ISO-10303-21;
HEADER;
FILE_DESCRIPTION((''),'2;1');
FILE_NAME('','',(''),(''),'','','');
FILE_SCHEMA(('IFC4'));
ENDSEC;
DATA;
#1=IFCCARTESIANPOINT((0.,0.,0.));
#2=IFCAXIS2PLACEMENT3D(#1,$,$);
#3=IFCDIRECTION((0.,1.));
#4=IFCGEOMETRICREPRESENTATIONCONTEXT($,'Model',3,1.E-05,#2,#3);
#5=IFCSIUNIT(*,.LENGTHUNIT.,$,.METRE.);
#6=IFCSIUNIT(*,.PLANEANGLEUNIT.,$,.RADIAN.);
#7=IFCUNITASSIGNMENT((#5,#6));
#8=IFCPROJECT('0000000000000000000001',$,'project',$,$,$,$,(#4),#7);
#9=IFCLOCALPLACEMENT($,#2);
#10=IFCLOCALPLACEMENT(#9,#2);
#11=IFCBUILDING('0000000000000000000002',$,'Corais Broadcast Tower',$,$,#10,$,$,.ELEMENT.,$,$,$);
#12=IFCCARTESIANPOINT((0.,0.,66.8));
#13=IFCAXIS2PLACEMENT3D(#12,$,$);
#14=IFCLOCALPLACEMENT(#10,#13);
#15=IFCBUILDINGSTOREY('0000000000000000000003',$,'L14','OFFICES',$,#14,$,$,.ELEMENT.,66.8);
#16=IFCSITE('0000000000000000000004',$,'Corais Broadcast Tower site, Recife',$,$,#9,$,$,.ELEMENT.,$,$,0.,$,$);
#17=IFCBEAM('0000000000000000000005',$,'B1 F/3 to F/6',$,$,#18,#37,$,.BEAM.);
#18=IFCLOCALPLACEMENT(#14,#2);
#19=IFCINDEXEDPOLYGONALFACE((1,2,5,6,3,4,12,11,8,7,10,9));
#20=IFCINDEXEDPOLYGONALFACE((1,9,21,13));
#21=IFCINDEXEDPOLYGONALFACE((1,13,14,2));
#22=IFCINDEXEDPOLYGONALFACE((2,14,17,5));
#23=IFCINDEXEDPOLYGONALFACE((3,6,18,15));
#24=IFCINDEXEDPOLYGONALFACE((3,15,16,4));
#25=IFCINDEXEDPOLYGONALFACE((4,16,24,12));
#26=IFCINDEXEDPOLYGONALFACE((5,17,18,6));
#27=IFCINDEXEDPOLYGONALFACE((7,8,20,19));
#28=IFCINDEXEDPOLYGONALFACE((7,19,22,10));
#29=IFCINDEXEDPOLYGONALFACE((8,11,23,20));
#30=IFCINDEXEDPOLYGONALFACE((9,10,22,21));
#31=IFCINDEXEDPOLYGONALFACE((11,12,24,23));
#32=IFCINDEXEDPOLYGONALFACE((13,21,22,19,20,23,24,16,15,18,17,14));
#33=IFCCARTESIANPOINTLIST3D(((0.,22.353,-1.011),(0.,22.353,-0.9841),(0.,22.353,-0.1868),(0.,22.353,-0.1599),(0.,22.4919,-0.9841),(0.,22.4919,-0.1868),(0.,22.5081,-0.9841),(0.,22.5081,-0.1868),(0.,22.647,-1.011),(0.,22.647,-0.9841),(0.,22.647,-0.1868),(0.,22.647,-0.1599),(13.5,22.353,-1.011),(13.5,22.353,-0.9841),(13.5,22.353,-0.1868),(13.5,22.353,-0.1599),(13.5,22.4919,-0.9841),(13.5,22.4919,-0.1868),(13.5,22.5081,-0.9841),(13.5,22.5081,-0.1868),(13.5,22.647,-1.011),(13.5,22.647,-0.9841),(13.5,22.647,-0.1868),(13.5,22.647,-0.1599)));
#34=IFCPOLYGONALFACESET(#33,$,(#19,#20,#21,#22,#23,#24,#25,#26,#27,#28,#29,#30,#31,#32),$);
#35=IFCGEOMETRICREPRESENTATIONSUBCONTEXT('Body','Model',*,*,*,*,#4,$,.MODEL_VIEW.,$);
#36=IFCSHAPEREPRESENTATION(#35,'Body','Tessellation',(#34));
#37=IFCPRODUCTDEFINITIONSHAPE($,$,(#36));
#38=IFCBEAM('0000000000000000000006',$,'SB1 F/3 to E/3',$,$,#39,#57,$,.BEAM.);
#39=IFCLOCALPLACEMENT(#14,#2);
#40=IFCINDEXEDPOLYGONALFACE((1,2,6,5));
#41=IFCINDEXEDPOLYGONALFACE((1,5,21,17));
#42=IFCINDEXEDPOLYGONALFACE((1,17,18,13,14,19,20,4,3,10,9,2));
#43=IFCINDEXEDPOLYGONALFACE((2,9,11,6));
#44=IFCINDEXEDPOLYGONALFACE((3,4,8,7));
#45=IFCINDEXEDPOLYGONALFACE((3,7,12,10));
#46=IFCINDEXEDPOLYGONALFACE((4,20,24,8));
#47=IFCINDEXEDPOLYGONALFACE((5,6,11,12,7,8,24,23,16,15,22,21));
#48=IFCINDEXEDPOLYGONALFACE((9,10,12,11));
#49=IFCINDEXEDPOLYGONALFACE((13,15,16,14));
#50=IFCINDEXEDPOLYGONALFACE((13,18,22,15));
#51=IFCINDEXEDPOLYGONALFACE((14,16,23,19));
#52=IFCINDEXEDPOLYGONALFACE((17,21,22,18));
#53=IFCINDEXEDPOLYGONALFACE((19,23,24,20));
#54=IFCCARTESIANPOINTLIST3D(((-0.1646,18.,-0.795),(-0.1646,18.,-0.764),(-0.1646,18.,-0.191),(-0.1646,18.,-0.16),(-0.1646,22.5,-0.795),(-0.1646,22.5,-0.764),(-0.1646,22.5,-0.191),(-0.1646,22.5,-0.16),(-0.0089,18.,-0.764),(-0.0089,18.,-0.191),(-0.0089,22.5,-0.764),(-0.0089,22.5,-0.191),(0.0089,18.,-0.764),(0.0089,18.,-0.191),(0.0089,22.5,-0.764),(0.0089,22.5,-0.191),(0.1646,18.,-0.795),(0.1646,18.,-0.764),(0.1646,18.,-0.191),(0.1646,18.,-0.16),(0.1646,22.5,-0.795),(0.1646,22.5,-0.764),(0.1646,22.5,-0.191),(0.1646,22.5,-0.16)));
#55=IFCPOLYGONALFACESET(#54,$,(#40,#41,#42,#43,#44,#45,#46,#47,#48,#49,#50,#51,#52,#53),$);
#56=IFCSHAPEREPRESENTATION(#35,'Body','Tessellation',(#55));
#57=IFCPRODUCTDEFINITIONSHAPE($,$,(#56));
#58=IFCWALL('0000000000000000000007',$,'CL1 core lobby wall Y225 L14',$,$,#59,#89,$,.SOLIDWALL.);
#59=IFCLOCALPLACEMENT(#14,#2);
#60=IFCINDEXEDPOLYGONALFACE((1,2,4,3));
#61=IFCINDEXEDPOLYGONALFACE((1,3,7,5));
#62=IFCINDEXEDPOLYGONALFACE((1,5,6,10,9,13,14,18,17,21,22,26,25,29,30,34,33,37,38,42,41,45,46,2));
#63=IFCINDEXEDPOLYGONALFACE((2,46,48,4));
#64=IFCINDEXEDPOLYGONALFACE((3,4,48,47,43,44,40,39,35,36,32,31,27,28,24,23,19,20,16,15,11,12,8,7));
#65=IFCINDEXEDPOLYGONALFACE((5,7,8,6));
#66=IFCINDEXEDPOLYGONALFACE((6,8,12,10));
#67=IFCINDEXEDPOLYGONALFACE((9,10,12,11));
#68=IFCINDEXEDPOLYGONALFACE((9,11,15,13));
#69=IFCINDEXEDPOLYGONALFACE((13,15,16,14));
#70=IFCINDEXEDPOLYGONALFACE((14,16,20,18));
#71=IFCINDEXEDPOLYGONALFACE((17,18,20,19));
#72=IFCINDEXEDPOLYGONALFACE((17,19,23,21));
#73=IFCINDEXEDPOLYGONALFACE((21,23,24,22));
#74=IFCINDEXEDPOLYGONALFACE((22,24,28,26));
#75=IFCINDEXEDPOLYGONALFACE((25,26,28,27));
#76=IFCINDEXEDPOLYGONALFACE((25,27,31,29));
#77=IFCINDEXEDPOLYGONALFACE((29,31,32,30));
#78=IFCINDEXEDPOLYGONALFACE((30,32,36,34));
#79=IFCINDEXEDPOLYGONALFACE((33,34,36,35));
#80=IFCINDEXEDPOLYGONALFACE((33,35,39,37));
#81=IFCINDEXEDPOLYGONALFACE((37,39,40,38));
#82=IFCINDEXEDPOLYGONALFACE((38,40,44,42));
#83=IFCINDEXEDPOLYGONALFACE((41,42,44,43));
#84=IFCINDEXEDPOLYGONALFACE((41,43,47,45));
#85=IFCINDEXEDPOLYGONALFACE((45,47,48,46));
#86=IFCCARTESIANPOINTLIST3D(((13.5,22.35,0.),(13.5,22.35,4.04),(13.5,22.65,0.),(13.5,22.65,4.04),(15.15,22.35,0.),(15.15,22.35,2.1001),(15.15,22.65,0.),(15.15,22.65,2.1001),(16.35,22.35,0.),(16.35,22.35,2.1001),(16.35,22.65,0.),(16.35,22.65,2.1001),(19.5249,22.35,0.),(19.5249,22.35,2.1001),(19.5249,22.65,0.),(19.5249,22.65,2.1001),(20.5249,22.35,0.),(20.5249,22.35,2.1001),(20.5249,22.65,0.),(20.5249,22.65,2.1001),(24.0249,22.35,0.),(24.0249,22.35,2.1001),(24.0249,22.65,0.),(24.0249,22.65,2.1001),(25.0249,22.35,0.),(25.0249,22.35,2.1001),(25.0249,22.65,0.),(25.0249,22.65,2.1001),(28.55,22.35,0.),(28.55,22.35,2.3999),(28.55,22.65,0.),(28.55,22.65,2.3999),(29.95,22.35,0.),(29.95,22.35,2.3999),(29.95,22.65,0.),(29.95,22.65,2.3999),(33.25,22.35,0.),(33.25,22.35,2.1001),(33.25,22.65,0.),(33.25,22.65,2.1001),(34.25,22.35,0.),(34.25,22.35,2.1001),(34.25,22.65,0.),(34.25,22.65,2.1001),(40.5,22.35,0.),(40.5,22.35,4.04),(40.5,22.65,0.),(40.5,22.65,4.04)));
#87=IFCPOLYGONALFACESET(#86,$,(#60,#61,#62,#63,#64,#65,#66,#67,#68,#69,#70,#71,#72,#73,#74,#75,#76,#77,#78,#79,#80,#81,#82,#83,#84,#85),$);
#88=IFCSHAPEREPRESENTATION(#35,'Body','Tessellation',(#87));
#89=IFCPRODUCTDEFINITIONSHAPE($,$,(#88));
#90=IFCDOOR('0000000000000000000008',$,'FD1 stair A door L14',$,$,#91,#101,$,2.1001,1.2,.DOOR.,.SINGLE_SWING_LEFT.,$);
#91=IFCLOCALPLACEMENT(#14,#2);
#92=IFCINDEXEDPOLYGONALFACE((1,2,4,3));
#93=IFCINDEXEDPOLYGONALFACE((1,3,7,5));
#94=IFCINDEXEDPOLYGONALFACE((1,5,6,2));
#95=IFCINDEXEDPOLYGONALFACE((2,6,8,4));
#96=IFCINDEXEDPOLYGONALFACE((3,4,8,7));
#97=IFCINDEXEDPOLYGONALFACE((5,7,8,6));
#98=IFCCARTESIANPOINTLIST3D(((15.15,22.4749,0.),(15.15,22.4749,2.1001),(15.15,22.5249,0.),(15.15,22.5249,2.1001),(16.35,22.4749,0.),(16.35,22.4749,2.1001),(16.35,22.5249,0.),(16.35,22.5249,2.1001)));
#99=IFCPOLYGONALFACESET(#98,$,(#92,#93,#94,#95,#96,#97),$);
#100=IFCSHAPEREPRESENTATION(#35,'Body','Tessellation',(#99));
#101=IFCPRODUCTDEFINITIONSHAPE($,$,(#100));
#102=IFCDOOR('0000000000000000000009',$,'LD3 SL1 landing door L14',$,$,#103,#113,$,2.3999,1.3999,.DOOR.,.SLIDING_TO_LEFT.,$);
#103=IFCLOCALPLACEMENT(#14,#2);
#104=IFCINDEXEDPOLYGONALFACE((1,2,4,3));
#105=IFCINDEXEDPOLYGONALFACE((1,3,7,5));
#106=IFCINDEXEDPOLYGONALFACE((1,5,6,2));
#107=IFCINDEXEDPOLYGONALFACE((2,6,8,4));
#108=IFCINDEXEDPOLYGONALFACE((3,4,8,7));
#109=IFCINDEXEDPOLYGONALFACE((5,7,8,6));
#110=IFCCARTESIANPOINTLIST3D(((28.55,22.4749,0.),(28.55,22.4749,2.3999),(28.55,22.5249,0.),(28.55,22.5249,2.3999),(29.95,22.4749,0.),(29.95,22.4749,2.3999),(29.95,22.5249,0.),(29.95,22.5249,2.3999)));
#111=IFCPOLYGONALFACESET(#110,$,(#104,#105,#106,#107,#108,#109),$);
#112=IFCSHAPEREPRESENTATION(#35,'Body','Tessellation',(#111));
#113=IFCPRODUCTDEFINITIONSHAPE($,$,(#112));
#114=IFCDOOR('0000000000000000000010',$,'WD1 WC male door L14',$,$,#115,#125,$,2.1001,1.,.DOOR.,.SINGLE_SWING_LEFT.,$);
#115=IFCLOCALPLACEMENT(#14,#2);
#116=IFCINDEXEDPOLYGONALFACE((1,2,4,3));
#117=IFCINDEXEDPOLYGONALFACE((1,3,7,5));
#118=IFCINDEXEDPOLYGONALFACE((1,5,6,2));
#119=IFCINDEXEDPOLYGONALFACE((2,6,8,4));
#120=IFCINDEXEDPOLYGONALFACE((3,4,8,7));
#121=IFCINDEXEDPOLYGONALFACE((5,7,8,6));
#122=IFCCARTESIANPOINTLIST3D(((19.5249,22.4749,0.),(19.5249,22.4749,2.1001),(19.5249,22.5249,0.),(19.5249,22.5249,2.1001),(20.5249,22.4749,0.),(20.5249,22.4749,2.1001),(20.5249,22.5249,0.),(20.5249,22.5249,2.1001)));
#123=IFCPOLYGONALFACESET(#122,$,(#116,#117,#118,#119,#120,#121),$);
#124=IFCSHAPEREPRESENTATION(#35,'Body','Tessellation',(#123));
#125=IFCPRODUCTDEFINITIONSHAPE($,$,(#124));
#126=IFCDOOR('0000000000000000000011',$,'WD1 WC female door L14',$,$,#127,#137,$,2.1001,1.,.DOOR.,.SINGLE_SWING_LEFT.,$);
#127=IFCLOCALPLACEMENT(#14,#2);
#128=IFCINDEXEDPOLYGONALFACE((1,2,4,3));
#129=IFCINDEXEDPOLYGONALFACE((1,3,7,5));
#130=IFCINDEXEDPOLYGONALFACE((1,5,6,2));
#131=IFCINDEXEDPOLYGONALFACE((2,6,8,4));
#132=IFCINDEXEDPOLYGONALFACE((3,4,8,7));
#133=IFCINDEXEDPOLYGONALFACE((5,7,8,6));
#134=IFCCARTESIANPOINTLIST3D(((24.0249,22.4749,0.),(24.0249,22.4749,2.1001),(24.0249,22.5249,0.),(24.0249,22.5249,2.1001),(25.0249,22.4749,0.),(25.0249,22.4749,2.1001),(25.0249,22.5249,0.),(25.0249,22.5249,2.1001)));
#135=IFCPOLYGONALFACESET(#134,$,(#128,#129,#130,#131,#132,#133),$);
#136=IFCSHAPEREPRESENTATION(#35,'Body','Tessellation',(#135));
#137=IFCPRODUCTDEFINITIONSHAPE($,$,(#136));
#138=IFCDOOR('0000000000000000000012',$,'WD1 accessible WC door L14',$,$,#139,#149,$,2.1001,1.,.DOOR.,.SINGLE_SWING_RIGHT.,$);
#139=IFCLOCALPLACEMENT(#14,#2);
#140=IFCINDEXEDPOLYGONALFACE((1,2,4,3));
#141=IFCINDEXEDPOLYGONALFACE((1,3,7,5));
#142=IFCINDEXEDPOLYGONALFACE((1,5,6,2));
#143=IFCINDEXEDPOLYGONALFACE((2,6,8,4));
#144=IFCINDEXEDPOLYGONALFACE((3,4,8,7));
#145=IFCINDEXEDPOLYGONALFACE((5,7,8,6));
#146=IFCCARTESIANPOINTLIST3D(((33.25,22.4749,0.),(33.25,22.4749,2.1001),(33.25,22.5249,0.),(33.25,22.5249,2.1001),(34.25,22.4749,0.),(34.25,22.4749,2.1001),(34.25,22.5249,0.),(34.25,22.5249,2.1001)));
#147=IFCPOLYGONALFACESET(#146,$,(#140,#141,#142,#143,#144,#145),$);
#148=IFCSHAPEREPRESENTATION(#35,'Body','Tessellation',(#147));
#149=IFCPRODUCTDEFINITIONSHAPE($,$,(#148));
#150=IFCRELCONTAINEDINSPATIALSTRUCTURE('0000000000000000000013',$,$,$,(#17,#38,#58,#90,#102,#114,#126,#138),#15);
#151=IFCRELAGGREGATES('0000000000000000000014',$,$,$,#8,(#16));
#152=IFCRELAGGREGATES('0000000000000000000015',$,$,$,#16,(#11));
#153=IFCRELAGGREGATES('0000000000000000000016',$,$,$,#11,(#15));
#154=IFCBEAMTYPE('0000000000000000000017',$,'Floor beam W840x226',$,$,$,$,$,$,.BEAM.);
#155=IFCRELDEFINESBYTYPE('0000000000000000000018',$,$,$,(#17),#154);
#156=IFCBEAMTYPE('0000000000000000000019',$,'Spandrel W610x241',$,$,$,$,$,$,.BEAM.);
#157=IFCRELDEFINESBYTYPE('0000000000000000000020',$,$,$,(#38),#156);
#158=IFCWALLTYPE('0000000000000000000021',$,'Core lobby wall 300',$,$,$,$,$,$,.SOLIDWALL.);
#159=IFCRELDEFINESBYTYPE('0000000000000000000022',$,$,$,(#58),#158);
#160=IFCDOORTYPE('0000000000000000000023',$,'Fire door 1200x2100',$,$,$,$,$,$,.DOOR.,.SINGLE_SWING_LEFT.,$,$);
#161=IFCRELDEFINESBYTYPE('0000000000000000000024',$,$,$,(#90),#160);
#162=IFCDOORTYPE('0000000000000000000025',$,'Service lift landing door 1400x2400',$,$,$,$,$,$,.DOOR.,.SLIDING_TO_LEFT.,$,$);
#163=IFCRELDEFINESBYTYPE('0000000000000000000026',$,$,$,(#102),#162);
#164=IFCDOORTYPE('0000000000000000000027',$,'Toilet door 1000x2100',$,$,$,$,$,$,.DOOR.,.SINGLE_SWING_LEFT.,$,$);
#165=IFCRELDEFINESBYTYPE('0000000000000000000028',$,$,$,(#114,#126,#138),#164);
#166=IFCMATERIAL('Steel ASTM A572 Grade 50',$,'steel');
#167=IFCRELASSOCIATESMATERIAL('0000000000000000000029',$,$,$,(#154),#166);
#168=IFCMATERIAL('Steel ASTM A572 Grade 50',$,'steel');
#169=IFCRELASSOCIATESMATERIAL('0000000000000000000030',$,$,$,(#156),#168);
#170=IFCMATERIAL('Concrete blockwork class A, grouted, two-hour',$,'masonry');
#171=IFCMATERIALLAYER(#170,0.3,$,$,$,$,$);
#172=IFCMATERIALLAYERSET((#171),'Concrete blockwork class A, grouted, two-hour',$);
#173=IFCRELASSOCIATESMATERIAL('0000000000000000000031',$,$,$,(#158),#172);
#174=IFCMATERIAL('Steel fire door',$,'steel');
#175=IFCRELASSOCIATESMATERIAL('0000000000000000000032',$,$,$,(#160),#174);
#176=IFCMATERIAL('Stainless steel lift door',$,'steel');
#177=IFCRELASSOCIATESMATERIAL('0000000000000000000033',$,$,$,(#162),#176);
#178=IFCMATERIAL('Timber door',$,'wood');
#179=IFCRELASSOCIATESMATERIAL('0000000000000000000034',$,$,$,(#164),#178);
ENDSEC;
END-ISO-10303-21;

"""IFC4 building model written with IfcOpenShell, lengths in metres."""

from ifc_helpers import new_model, si_unit, direction, frame, frame_2d, origin, origin_2d, place, context, subcontext, project, spatial, rectangle, i_section, extrude, material, layer, layer_set, material_profile, profile_set, type_object, element, fill, save


model = new_model("IFC4")

# Units and contexts
model_context = context("Model", 3, precision=1e-05, world=origin(), true_north=direction((0.0, 1.0)))
body_context = subcontext(model_context, "Body", "Model", "MODEL_VIEW")
ifc_project = project(units=[si_unit("LENGTHUNIT", "METRE"), si_unit("PLANEANGLEUNIT", "RADIAN")], contexts=[model_context])

# Site, building, storey
site_placement = place(None, origin())
site = spatial("IfcSite", under=ifc_project, at=site_placement, Name="Corais Broadcast Tower site, Recife", CompositionType="ELEMENT", RefElevation=0.0)
building_placement = place(site_placement, origin())
building = spatial("IfcBuilding", under=site, at=building_placement, Name="Corais Broadcast Tower", CompositionType="ELEMENT")
storey_placement = place(building_placement, frame((0.0, 0.0, 66.8)))
storey = spatial("IfcBuildingStorey", under=building, at=storey_placement, Name="L14", Description="OFFICES", CompositionType="ELEMENT", Elevation=66.8)

# Beams
ifc_material_1 = material(Name="Steel ASTM A572 Grade 50", Category="steel")
ifc_material_profile_1 = material_profile(ifc_material_1, i_section(OverallWidth=0.2939, OverallDepth=0.8511, WebThickness=0.0161, FlangeThickness=0.0269, at=origin_2d()), Name="W840x226")
ifc_profile_set_1 = profile_set([ifc_material_profile_1], Name="Steel ASTM A572 Grade 50")
beam_type_1 = type_object("IfcBeamType", Name="Floor beam W840x226", PredefinedType="BEAM", material=ifc_profile_set_1)
beam_1_placement = place(storey_placement, frame((0.0, 22.5, -0.5854), z_axis=(1.0, 0.0, 0.0), x_axis=(0.0, 1.0, 0.0)))
element("IfcBeam", 1, at=beam_1_placement, inside=storey, type_object=beam_type_1, Name="B1 F/3 to F/6", PredefinedType="BEAM", context=body_context, shape_type="SweptSolid", body=[
    extrude(i_section(OverallWidth=0.2939, OverallDepth=0.8511, WebThickness=0.0161, FlangeThickness=0.0269, at=origin_2d()), origin(), (0.0, 0.0, 1.0), 13.5),
])
ifc_material_2 = material(Name="Steel ASTM A572 Grade 50", Category="steel")
ifc_material_profile_2 = material_profile(ifc_material_2, i_section(OverallWidth=0.3291, OverallDepth=0.635, WebThickness=0.0178, FlangeThickness=0.031, at=origin_2d()), Name="W610x241")
ifc_profile_set_2 = profile_set([ifc_material_profile_2], Name="Steel ASTM A572 Grade 50")
beam_type_2 = type_object("IfcBeamType", Name="Spandrel W610x241", PredefinedType="BEAM", material=ifc_profile_set_2)
beam_2_placement = place(storey_placement, frame((0.0, 22.5, -0.4775), z_axis=(0.0, -1.0, 0.0), x_axis=(1.0, 0.0, 0.0)))
element("IfcBeam", 2, at=beam_2_placement, inside=storey, type_object=beam_type_2, Name="SB1 F/3 to E/3", PredefinedType="BEAM", context=body_context, shape_type="SweptSolid", body=[
    extrude(i_section(OverallWidth=0.3291, OverallDepth=0.635, WebThickness=0.0178, FlangeThickness=0.031, at=origin_2d()), origin(), (0.0, 0.0, 1.0), 4.5),
])

# Wall, openings, doors
ifc_material_3 = material(Name="Concrete blockwork class A, grouted, two-hour", Category="masonry")
ifc_layer_1 = layer(ifc_material_3, 0.3)
ifc_layer_set_1 = layer_set([ifc_layer_1], Name="Concrete blockwork class A, grouted, two-hour")
wall_type_1 = type_object("IfcWallType", Name="Core lobby wall 300", PredefinedType="SOLIDWALL", material=ifc_layer_set_1)
wall_1_placement = place(storey_placement, frame((13.5, 22.5, 0.0), z_axis=(0.0, 0.0, 1.0), x_axis=(1.0, 0.0, 0.0)))
wall_1 = element("IfcWall", 3, at=wall_1_placement, inside=storey, type_object=wall_type_1, Name="CL1 core lobby wall Y225 L14", PredefinedType="SOLIDWALL", context=body_context, shape_type="SweptSolid", body=[
    extrude(rectangle(XDim=27.0, YDim=0.3, at=frame_2d((13.5, 0.0))), origin(), (0.0, 0.0, 1.0), 4.04),
])
opening_1_placement = place(wall_1_placement, frame((1.6499, 0.0, 0.0)))
opening_1 = element("IfcOpeningElement", 4, at=opening_1_placement, cuts=wall_1, PredefinedType="OPENING", context=body_context, shape_type="SweptSolid", body=[
    extrude(rectangle(XDim=1.2, YDim=2.1001, at=frame_2d((0.6001, 1.05))), frame((0.0, 0.1599, 0.0), z_axis=(0.0, -1.0, 0.0), x_axis=(1.0, 0.0, 0.0)), (0.0, 0.0, 1.0), 0.3201),
])
opening_2_placement = place(wall_1_placement, frame((6.0249, 0.0, 0.0)))
opening_2 = element("IfcOpeningElement", 5, at=opening_2_placement, cuts=wall_1, PredefinedType="OPENING", context=body_context, shape_type="SweptSolid", body=[
    extrude(rectangle(XDim=1.0, YDim=2.1001, at=frame_2d((0.5, 1.05))), frame((0.0, 0.1599, 0.0), z_axis=(0.0, -1.0, 0.0), x_axis=(1.0, 0.0, 0.0)), (0.0, 0.0, 1.0), 0.3201),
])
opening_3_placement = place(wall_1_placement, frame((10.5249, 0.0, 0.0)))
opening_3 = element("IfcOpeningElement", 6, at=opening_3_placement, cuts=wall_1, PredefinedType="OPENING", context=body_context, shape_type="SweptSolid", body=[
    extrude(rectangle(XDim=1.0, YDim=2.1001, at=frame_2d((0.5, 1.05))), frame((0.0, 0.1599, 0.0), z_axis=(0.0, -1.0, 0.0), x_axis=(1.0, 0.0, 0.0)), (0.0, 0.0, 1.0), 0.3201),
])
opening_4_placement = place(wall_1_placement, frame((19.75, 0.0, 0.0)))
opening_4 = element("IfcOpeningElement", 7, at=opening_4_placement, cuts=wall_1, PredefinedType="OPENING", context=body_context, shape_type="SweptSolid", body=[
    extrude(rectangle(XDim=1.0, YDim=2.1001, at=frame_2d((0.5, 1.05))), frame((0.0, 0.1599, 0.0), z_axis=(0.0, -1.0, 0.0), x_axis=(1.0, 0.0, 0.0)), (0.0, 0.0, 1.0), 0.3201),
])
opening_5_placement = place(wall_1_placement, frame((15.05, 0.0, 0.0)))
opening_5 = element("IfcOpeningElement", 8, at=opening_5_placement, cuts=wall_1, PredefinedType="OPENING", context=body_context, shape_type="SweptSolid", body=[
    extrude(rectangle(XDim=1.3999, YDim=2.3999, at=frame_2d((0.7, 1.2))), frame((0.0, 0.1599, 0.0), z_axis=(0.0, -1.0, 0.0), x_axis=(1.0, 0.0, 0.0)), (0.0, 0.0, 1.0), 0.3201),
])
ifc_material_4 = material(Name="Steel fire door", Category="steel")
door_type_1 = type_object("IfcDoorType", Name="Fire door 1200x2100", OperationType="SINGLE_SWING_LEFT", PredefinedType="DOOR", material=ifc_material_4)
door_1_placement = place(opening_1_placement, origin())
door_1 = element("IfcDoor", 9, at=door_1_placement, inside=storey, type_object=door_type_1, Name="FD1 stair A door L14", OperationType="SINGLE_SWING_LEFT", OverallHeight=2.1001, OverallWidth=1.2, PredefinedType="DOOR", context=body_context, shape_type="SweptSolid", body=[
    extrude(rectangle(XDim=1.2, YDim=2.1001, at=frame_2d((0.6001, 1.05))), frame((0.0, 0.0249, 0.0), z_axis=(0.0, -1.0, 0.0), x_axis=(1.0, 0.0, 0.0)), (0.0, 0.0, 1.0), 0.05),
])
fill(opening_1, door_1)
ifc_material_5 = material(Name="Stainless steel lift door", Category="steel")
door_type_2 = type_object("IfcDoorType", Name="Service lift landing door 1400x2400", OperationType="SLIDING_TO_LEFT", PredefinedType="DOOR", material=ifc_material_5)
door_2_placement = place(opening_5_placement, origin())
door_2 = element("IfcDoor", 10, at=door_2_placement, inside=storey, type_object=door_type_2, Name="LD3 SL1 landing door L14", OperationType="SLIDING_TO_LEFT", OverallHeight=2.3999, OverallWidth=1.3999, PredefinedType="DOOR", context=body_context, shape_type="SweptSolid", body=[
    extrude(rectangle(XDim=1.3999, YDim=2.3999, at=frame_2d((0.7, 1.2))), frame((0.0, 0.0249, 0.0), z_axis=(0.0, -1.0, 0.0), x_axis=(1.0, 0.0, 0.0)), (0.0, 0.0, 1.0), 0.05),
])
fill(opening_5, door_2)
ifc_material_6 = material(Name="Timber door", Category="wood")
door_type_3 = type_object("IfcDoorType", Name="Toilet door 1000x2100", OperationType="SINGLE_SWING_LEFT", PredefinedType="DOOR", material=ifc_material_6)
door_3_placement = place(opening_2_placement, origin())
door_3 = element("IfcDoor", 11, at=door_3_placement, inside=storey, type_object=door_type_3, Name="WD1 WC male door L14", OperationType="SINGLE_SWING_LEFT", OverallHeight=2.1001, OverallWidth=1.0, PredefinedType="DOOR", context=body_context, shape_type="SweptSolid", body=[
    extrude(rectangle(XDim=1.0, YDim=2.1001, at=frame_2d((0.5, 1.05))), frame((0.0, 0.0249, 0.0), z_axis=(0.0, -1.0, 0.0), x_axis=(1.0, 0.0, 0.0)), (0.0, 0.0, 1.0), 0.05),
])
fill(opening_2, door_3)
door_4_placement = place(opening_3_placement, origin())
door_4 = element("IfcDoor", 12, at=door_4_placement, inside=storey, type_object=door_type_3, Name="WD1 WC female door L14", OperationType="SINGLE_SWING_LEFT", OverallHeight=2.1001, OverallWidth=1.0, PredefinedType="DOOR", context=body_context, shape_type="SweptSolid", body=[
    extrude(rectangle(XDim=1.0, YDim=2.1001, at=frame_2d((0.5, 1.05))), frame((0.0, 0.0249, 0.0), z_axis=(0.0, -1.0, 0.0), x_axis=(1.0, 0.0, 0.0)), (0.0, 0.0, 1.0), 0.05),
])
fill(opening_3, door_4)
door_5_placement = place(opening_4_placement, origin())
door_5 = element("IfcDoor", 13, at=door_5_placement, inside=storey, type_object=door_type_3, Name="WD1 accessible WC door L14", OperationType="SINGLE_SWING_RIGHT", OverallHeight=2.1001, OverallWidth=1.0, PredefinedType="DOOR", context=body_context, shape_type="SweptSolid", body=[
    extrude(rectangle(XDim=1.0, YDim=2.1001, at=frame_2d((0.5, 1.05))), frame((0.0, 0.0249, 0.0), z_axis=(0.0, -1.0, 0.0), x_axis=(1.0, 0.0, 0.0)), (0.0, 0.0, 1.0), 0.05),
])
fill(opening_4, door_5)

save(model, "model.ifc")
